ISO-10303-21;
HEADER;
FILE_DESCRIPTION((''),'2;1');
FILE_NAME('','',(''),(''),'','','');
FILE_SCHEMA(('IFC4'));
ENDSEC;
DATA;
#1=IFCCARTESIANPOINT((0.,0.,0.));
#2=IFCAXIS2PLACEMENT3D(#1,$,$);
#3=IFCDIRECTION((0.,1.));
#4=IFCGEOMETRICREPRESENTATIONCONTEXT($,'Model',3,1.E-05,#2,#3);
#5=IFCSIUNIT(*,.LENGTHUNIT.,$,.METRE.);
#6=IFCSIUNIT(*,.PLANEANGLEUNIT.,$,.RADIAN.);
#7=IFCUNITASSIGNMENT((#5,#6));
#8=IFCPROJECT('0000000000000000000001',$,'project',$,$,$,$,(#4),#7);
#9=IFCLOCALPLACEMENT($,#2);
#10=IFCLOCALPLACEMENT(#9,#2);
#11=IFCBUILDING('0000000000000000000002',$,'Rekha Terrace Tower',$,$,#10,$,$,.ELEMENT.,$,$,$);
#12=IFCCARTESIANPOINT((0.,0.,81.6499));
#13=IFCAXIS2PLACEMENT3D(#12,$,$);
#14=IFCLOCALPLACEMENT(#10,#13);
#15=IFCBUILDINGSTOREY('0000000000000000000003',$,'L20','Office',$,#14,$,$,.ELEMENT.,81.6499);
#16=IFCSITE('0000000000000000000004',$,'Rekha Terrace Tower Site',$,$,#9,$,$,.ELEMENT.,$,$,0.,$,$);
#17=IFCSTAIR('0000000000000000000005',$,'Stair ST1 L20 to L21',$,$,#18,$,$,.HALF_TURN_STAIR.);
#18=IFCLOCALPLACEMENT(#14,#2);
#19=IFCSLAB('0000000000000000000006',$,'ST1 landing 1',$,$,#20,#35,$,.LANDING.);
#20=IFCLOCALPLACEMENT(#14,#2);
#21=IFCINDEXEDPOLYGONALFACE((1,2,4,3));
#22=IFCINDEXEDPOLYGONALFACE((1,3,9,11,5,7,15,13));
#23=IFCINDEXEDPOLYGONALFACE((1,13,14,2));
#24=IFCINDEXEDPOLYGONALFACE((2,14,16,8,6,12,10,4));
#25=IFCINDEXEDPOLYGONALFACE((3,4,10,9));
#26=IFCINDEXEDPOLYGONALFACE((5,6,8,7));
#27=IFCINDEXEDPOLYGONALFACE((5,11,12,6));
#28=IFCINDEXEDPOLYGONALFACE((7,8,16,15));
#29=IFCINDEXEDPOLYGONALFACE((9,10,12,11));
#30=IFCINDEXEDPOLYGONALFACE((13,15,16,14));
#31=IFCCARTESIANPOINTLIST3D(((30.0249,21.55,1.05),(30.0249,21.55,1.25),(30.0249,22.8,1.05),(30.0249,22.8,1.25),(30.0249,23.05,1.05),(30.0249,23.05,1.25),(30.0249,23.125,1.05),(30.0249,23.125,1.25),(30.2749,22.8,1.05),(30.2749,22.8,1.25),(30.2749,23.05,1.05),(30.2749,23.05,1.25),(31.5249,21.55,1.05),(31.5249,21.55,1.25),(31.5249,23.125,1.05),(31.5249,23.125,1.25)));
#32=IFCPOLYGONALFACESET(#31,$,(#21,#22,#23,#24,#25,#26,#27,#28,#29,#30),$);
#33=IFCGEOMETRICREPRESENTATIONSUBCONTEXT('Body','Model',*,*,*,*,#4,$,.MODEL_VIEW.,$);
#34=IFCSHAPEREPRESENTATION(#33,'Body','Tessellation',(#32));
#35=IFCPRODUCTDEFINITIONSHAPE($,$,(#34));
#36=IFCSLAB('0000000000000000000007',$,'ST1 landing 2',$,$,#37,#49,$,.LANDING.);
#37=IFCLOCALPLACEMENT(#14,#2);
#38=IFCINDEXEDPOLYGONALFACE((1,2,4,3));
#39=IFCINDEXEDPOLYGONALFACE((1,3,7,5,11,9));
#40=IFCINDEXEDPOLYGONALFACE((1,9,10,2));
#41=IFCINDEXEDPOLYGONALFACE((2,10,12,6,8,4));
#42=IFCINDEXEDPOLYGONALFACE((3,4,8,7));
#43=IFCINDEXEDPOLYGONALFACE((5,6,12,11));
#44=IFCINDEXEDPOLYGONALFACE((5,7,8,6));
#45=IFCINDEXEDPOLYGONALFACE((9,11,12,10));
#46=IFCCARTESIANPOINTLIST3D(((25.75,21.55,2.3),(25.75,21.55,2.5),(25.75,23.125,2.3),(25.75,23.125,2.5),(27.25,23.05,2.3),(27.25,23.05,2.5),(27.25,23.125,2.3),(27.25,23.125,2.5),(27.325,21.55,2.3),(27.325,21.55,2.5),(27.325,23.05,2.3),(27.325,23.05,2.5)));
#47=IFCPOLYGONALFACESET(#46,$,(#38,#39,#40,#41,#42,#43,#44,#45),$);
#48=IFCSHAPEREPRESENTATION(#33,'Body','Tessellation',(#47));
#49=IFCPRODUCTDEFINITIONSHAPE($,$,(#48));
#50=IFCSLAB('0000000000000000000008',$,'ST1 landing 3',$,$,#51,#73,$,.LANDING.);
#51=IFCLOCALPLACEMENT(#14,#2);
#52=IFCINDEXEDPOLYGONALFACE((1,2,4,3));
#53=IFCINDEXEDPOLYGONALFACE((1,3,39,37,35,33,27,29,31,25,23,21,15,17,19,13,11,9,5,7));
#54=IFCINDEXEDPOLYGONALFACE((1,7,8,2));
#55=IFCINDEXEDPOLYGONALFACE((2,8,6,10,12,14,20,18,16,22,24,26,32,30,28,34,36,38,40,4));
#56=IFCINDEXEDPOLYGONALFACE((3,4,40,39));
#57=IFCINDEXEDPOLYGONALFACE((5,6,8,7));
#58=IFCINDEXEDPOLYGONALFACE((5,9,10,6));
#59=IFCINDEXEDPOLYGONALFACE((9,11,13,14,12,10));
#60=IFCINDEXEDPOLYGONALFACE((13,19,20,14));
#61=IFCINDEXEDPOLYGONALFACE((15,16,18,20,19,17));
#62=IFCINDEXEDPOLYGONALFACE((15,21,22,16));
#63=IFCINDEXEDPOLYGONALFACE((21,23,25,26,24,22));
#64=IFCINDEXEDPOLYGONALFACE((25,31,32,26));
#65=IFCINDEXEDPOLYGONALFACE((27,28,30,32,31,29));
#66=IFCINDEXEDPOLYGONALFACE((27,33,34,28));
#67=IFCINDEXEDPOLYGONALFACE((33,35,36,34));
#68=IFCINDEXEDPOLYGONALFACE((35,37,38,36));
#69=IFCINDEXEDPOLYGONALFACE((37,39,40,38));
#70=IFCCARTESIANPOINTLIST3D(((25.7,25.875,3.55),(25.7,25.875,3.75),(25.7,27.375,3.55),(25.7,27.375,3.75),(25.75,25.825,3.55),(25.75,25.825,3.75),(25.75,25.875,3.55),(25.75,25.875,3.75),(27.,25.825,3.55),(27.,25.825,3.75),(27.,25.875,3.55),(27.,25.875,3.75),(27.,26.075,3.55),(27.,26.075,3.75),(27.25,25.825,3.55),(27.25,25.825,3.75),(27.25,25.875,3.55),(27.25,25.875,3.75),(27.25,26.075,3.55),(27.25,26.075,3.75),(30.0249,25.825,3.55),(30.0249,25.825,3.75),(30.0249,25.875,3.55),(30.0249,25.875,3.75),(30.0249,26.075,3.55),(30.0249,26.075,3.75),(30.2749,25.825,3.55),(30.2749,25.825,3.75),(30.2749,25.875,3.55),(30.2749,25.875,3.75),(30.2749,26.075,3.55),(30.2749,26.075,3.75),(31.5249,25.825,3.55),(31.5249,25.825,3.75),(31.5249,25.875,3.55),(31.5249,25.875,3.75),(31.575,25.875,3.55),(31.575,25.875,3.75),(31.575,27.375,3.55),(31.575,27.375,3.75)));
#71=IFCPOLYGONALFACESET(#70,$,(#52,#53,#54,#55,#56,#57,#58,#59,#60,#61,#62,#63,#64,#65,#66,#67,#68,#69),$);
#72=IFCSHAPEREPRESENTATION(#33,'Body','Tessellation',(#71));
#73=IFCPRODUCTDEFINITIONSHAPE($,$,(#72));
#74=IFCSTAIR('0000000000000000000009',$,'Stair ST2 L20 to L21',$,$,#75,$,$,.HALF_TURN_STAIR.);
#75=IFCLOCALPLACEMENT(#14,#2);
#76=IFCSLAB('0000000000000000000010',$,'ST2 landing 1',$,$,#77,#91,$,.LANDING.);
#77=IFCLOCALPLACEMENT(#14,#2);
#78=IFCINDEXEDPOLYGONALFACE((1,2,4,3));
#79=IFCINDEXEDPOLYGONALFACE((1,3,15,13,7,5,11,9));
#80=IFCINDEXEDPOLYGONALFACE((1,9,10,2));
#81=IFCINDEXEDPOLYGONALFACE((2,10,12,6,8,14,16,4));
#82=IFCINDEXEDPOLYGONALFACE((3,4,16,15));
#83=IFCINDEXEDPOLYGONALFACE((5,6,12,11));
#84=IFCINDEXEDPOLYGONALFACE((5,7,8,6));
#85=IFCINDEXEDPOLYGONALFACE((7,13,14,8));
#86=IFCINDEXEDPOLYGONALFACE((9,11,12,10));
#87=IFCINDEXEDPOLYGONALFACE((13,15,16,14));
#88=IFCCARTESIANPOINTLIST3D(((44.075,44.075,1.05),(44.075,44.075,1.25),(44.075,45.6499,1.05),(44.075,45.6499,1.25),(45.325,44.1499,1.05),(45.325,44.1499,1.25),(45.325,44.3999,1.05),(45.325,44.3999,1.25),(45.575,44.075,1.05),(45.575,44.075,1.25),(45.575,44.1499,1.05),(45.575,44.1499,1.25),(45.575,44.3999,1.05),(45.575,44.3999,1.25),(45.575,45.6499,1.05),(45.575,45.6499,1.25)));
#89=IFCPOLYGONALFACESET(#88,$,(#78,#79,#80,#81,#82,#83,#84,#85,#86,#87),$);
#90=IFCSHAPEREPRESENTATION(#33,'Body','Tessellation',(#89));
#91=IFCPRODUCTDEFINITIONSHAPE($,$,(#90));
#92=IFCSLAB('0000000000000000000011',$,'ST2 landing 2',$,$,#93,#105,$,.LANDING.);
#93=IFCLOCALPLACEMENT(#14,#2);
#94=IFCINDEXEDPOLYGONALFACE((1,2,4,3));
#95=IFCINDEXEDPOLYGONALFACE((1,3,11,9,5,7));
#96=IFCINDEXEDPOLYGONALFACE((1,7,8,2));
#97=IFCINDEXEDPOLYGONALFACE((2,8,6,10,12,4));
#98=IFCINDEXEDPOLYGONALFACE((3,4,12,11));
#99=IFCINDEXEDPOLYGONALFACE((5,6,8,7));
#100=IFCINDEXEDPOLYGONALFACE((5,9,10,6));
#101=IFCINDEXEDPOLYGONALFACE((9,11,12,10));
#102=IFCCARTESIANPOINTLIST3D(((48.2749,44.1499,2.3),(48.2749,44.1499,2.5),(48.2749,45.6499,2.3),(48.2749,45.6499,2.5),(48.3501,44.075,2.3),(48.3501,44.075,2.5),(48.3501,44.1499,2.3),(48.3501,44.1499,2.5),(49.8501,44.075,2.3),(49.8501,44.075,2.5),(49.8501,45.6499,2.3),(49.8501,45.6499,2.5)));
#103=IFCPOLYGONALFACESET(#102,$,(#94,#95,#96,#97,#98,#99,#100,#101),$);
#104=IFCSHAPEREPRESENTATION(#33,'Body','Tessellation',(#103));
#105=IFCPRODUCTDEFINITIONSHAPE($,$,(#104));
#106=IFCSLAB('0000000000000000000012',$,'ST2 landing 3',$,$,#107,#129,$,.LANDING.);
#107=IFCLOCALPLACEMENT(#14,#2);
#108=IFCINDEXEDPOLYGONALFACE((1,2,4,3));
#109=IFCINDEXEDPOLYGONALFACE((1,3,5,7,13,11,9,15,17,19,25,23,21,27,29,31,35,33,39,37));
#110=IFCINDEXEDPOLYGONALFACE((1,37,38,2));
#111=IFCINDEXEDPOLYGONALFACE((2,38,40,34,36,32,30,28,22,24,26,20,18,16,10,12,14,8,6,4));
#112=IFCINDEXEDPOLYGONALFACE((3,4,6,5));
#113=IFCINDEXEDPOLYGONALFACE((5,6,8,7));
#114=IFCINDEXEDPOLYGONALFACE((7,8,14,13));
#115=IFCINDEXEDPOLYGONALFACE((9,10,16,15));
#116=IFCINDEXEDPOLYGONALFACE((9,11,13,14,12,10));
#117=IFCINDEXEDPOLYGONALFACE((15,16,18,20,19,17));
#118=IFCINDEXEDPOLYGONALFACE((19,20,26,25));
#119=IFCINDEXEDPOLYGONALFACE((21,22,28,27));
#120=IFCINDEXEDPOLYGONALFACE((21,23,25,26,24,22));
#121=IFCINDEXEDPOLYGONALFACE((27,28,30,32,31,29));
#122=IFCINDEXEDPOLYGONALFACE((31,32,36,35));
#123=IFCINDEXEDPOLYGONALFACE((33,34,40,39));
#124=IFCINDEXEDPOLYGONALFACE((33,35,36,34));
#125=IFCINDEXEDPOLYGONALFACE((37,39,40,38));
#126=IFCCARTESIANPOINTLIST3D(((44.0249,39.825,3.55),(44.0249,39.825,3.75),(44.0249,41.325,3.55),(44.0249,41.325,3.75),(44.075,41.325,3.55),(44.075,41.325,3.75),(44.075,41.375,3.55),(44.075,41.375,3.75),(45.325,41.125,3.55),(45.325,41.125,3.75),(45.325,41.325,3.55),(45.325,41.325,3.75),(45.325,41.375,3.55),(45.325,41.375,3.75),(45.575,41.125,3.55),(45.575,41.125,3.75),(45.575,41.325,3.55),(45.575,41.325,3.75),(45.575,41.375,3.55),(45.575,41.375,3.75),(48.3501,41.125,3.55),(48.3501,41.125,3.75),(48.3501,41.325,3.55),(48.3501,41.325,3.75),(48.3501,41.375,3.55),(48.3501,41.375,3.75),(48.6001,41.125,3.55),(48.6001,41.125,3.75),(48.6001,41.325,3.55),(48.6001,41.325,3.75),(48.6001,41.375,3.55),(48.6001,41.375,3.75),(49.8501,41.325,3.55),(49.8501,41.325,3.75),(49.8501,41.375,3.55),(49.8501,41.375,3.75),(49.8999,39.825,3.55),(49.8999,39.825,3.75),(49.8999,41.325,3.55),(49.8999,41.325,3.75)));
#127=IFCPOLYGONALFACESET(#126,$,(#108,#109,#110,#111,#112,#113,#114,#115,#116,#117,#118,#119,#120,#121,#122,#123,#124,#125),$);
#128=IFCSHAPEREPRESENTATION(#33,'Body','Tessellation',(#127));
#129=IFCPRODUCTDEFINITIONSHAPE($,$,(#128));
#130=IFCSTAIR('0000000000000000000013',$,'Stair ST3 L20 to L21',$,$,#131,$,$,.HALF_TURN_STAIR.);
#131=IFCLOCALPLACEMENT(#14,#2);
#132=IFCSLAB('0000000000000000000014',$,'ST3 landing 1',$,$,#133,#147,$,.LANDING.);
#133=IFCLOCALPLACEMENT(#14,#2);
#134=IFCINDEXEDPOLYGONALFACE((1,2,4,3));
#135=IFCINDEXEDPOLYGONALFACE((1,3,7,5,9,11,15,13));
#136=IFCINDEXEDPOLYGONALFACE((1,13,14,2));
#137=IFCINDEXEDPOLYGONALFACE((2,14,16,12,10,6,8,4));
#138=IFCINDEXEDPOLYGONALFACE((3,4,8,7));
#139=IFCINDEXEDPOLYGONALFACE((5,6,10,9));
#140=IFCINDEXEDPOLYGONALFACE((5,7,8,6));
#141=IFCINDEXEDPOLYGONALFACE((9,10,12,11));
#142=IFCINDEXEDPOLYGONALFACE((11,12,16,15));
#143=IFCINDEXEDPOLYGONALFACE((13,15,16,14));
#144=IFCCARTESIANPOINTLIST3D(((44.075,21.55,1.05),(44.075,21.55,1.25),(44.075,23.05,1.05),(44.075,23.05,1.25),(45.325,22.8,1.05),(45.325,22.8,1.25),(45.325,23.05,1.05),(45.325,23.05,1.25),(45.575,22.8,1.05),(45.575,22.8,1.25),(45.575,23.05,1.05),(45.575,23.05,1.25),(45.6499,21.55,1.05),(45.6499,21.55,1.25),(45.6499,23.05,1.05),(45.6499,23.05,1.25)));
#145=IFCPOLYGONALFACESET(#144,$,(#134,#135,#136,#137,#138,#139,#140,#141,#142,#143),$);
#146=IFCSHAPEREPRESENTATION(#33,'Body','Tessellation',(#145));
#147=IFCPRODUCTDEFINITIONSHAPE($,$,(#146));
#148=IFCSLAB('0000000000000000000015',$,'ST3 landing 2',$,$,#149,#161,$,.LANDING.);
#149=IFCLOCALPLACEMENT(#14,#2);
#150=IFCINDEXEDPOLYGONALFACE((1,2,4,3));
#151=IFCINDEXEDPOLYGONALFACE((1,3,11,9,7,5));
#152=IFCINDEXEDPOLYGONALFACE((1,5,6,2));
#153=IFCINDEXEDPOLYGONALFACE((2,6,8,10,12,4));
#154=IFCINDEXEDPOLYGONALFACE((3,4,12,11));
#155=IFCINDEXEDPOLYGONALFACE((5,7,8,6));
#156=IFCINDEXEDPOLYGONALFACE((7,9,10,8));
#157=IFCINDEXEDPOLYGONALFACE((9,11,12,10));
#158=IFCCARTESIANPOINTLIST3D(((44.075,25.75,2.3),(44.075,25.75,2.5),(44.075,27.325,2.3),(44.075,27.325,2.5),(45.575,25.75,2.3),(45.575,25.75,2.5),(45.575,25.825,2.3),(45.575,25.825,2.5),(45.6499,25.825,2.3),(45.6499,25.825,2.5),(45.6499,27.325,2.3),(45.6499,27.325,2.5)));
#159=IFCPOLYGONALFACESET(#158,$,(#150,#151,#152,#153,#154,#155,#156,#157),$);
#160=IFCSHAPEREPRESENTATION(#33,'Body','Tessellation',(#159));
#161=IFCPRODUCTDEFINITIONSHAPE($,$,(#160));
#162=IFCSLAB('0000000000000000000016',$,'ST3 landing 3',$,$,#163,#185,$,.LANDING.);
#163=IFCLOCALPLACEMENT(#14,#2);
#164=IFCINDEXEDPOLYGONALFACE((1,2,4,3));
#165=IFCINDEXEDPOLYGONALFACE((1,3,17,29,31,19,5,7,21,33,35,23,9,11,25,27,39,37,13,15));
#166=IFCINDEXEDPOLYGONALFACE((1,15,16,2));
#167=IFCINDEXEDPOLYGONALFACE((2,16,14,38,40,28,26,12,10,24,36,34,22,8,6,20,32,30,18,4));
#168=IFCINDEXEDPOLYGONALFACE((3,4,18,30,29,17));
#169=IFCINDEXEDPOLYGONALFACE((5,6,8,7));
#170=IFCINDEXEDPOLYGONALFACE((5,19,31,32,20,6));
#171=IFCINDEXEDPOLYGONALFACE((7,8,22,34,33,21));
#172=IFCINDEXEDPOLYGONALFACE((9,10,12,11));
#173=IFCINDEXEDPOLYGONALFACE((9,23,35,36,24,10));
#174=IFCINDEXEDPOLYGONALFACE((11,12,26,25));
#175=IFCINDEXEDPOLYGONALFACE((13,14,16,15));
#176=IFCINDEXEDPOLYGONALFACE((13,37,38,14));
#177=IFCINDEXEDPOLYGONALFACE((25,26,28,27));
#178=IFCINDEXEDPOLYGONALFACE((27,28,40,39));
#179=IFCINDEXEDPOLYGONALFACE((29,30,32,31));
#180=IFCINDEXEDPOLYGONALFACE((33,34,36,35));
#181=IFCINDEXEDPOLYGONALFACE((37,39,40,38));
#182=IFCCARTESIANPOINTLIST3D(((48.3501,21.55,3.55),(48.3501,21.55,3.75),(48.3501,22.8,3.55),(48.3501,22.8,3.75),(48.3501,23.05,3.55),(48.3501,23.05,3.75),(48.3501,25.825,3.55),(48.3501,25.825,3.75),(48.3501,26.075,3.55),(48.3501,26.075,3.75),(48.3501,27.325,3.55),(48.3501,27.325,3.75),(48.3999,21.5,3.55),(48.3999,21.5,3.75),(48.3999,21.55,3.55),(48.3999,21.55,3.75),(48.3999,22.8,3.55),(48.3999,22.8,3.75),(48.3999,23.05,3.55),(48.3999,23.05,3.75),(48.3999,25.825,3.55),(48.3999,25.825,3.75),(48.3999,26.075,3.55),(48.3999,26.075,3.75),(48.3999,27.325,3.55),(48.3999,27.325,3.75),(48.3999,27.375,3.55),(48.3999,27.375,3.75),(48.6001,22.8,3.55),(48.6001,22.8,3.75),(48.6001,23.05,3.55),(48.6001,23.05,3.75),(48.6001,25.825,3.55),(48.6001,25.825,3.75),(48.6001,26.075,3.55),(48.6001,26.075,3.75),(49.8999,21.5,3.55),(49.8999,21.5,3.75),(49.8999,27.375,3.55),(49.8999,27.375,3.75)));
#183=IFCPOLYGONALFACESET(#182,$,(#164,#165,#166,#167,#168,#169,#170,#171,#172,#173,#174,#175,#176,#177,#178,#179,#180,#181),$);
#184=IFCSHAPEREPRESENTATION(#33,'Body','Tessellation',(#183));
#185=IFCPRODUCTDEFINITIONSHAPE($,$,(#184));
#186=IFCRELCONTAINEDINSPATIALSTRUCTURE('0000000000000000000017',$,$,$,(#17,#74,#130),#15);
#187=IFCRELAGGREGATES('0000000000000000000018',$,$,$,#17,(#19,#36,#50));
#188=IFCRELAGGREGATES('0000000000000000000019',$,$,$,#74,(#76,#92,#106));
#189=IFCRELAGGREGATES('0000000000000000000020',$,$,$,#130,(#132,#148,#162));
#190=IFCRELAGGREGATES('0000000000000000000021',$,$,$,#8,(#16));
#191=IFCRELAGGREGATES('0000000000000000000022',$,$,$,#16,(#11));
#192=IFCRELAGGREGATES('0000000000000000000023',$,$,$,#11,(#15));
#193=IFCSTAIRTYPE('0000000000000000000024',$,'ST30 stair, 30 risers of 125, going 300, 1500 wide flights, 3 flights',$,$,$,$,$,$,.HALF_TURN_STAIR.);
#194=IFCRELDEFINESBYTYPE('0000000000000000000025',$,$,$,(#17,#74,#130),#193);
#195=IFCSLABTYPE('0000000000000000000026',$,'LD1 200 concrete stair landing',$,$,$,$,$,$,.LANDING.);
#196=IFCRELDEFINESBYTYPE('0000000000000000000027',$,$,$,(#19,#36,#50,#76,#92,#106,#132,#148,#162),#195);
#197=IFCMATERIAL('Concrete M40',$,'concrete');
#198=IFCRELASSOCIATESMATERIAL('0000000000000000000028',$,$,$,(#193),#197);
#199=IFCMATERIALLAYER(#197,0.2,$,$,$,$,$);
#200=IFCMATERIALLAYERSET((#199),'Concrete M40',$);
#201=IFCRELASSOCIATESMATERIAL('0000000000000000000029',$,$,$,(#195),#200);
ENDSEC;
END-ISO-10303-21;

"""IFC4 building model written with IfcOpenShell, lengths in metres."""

from ifc_helpers import new_model, si_unit, direction, frame, origin, place, context, subcontext, project, spatial, polyline, outline, extrude, material, layer, layer_set, type_object, element, aggregate, save


model = new_model("IFC4")

# Units and contexts
model_context = context("Model", 3, precision=1e-05, world=origin(), true_north=direction((0.0, 1.0)))
body_context = subcontext(model_context, "Body", "Model", "MODEL_VIEW")
ifc_project = project(units=[si_unit("LENGTHUNIT", "METRE"), si_unit("PLANEANGLEUNIT", "RADIAN")], contexts=[model_context])

# Site, building, storey
site_placement = place(None, origin())
site = spatial("IfcSite", under=ifc_project, at=site_placement, Name="Rekha Terrace Tower Site", CompositionType="ELEMENT", RefElevation=0.0)
building_placement = place(site_placement, origin())
building = spatial("IfcBuilding", under=site, at=building_placement, Name="Rekha Terrace Tower", CompositionType="ELEMENT")
storey_placement = place(building_placement, frame((0.0, 0.0, 81.6499)))
storey = spatial("IfcBuildingStorey", under=building, at=storey_placement, Name="L20", Description="Office", CompositionType="ELEMENT", Elevation=81.6499)

# Stairs, slabs
ifc_material_1 = material(Name="Concrete M40", Category="concrete")
stair_type = type_object("IfcStairType", Name="ST30 stair, 30 risers of 125, going 300, 1500 wide flights, 3 flights", PredefinedType="HALF_TURN_STAIR", material=ifc_material_1)
stair_1_placement = place(storey_placement, origin())
stair_1 = element("IfcStair", 1, at=stair_1_placement, inside=storey, type_object=stair_type, Name="Stair ST1 L20 to L21", PredefinedType="HALF_TURN_STAIR")
ifc_layer_1 = layer(ifc_material_1, 0.2)
ifc_layer_set_1 = layer_set([ifc_layer_1], Name="Concrete M40")
slab_type_1 = type_object("IfcSlabType", Name="LD1 200 concrete stair landing", PredefinedType="LANDING", material=ifc_layer_set_1)
slab_1_placement = place(storey_placement, frame((0.0, 0.0, 1.05)))
slab_1 = element("IfcSlab", 2, at=slab_1_placement, type_object=slab_type_1, Name="ST1 landing 1", PredefinedType="LANDING", context=body_context, shape_type="SweptSolid", body=[
    extrude(outline(polyline([(30.0249, 21.55), (31.5249, 21.55), (31.5249, 23.125), (30.0249, 23.125), (30.0249, 23.05), (30.2749, 23.05), (30.2749, 22.8), (30.0249, 22.8), (30.0249, 21.55)])), origin(), (0.0, 0.0, 1.0), 0.2),
])
slab_2_placement = place(storey_placement, frame((0.0, 0.0, 2.3)))
slab_2 = element("IfcSlab", 3, at=slab_2_placement, type_object=slab_type_1, Name="ST1 landing 2", PredefinedType="LANDING", context=body_context, shape_type="SweptSolid", body=[
    extrude(outline(polyline([(27.25, 23.125), (25.75, 23.125), (25.75, 21.55), (27.325, 21.55), (27.325, 23.05), (27.25, 23.05), (27.25, 23.125)])), origin(), (0.0, 0.0, 1.0), 0.2),
])
slab_3_placement = place(storey_placement, frame((0.0, 0.0, 3.55)))
slab_3 = element("IfcSlab", 4, at=slab_3_placement, type_object=slab_type_1, Name="ST1 landing 3", PredefinedType="LANDING", context=body_context, shape_type="SweptSolid", body=[
    extrude(outline(polyline([(30.2749, 25.825), (31.5249, 25.825), (31.5249, 25.875), (31.575, 25.875), (31.575, 27.375), (25.7, 27.375), (25.7, 25.875), (25.75, 25.875), (25.75, 25.825), (27.0, 25.825), (27.0, 25.875), (27.0, 26.075), (27.25, 26.075), (27.25, 25.875), (27.25, 25.825), (30.0249, 25.825), (30.0249, 25.875), (30.0249, 26.075), (30.2749, 26.075), (30.2749, 25.875), (30.2749, 25.825)])), origin(), (0.0, 0.0, 1.0), 0.2),
])
aggregate(stair_1, [slab_1, slab_2, slab_3])
stair_2_placement = place(storey_placement, origin())
stair_2 = element("IfcStair", 5, at=stair_2_placement, inside=storey, type_object=stair_type, Name="Stair ST2 L20 to L21", PredefinedType="HALF_TURN_STAIR")
slab_4_placement = place(storey_placement, frame((0.0, 0.0, 1.05)))
slab_4 = element("IfcSlab", 6, at=slab_4_placement, type_object=slab_type_1, Name="ST2 landing 1", PredefinedType="LANDING", context=body_context, shape_type="SweptSolid", body=[
    extrude(outline(polyline([(45.575, 45.6499), (44.075, 45.6499), (44.075, 44.075), (45.575, 44.075), (45.575, 44.1499), (45.325, 44.1499), (45.325, 44.3999), (45.575, 44.3999), (45.575, 45.6499)])), origin(), (0.0, 0.0, 1.0), 0.2),
])
slab_5_placement = place(storey_placement, frame((0.0, 0.0, 2.3)))
slab_5 = element("IfcSlab", 7, at=slab_5_placement, type_object=slab_type_1, Name="ST2 landing 2", PredefinedType="LANDING", context=body_context, shape_type="SweptSolid", body=[
    extrude(outline(polyline([(48.3501, 44.075), (49.8501, 44.075), (49.8501, 45.6499), (48.2749, 45.6499), (48.2749, 44.1499), (48.3501, 44.1499), (48.3501, 44.075)])), origin(), (0.0, 0.0, 1.0), 0.2),
])
slab_6_placement = place(storey_placement, frame((0.0, 0.0, 3.55)))
slab_6 = element("IfcSlab", 8, at=slab_6_placement, type_object=slab_type_1, Name="ST2 landing 3", PredefinedType="LANDING", context=body_context, shape_type="SweptSolid", body=[
    extrude(outline(polyline([(45.575, 41.375), (45.575, 41.325), (45.575, 41.125), (45.325, 41.125), (45.325, 41.325), (45.325, 41.375), (44.075, 41.375), (44.075, 41.325), (44.0249, 41.325), (44.0249, 39.825), (49.8999, 39.825), (49.8999, 41.325), (49.8501, 41.325), (49.8501, 41.375), (48.6001, 41.375), (48.6001, 41.325), (48.6001, 41.125), (48.3501, 41.125), (48.3501, 41.325), (48.3501, 41.375), (45.575, 41.375)])), origin(), (0.0, 0.0, 1.0), 0.2),
])
aggregate(stair_2, [slab_4, slab_5, slab_6])
stair_3_placement = place(storey_placement, origin())
stair_3 = element("IfcStair", 9, at=stair_3_placement, inside=storey, type_object=stair_type, Name="Stair ST3 L20 to L21", PredefinedType="HALF_TURN_STAIR")
slab_7_placement = place(storey_placement, frame((0.0, 0.0, 1.05)))
slab_7 = element("IfcSlab", 10, at=slab_7_placement, type_object=slab_type_1, Name="ST3 landing 1", PredefinedType="LANDING", context=body_context, shape_type="SweptSolid", body=[
    extrude(outline(polyline([(44.075, 23.05), (44.075, 21.55), (45.6499, 21.55), (45.6499, 23.05), (45.575, 23.05), (45.575, 22.8), (45.325, 22.8), (45.325, 23.05), (44.075, 23.05)])), origin(), (0.0, 0.0, 1.0), 0.2),
])
slab_8_placement = place(storey_placement, frame((0.0, 0.0, 2.3)))
slab_8 = element("IfcSlab", 11, at=slab_8_placement, type_object=slab_type_1, Name="ST3 landing 2", PredefinedType="LANDING", context=body_context, shape_type="SweptSolid", body=[
    extrude(outline(polyline([(45.6499, 25.825), (45.6499, 27.325), (44.075, 27.325), (44.075, 25.75), (45.575, 25.75), (45.575, 25.825), (45.6499, 25.825)])), origin(), (0.0, 0.0, 1.0), 0.2),
])
slab_9_placement = place(storey_placement, frame((0.0, 0.0, 3.55)))
slab_9 = element("IfcSlab", 12, at=slab_9_placement, type_object=slab_type_1, Name="ST3 landing 3", PredefinedType="LANDING", context=body_context, shape_type="SweptSolid", body=[
    extrude(outline(polyline([(48.3501, 22.8), (48.3501, 21.55), (48.3999, 21.55), (48.3999, 21.5), (49.8999, 21.5), (49.8999, 27.375), (48.3999, 27.375), (48.3999, 27.325), (48.3501, 27.325), (48.3501, 26.075), (48.3999, 26.075), (48.6001, 26.075), (48.6001, 25.825), (48.3999, 25.825), (48.3501, 25.825), (48.3501, 23.05), (48.3999, 23.05), (48.6001, 23.05), (48.6001, 22.8), (48.3999, 22.8), (48.3501, 22.8)])), origin(), (0.0, 0.0, 1.0), 0.2),
])
aggregate(stair_3, [slab_7, slab_8, slab_9])

save(model, "model.ifc")
